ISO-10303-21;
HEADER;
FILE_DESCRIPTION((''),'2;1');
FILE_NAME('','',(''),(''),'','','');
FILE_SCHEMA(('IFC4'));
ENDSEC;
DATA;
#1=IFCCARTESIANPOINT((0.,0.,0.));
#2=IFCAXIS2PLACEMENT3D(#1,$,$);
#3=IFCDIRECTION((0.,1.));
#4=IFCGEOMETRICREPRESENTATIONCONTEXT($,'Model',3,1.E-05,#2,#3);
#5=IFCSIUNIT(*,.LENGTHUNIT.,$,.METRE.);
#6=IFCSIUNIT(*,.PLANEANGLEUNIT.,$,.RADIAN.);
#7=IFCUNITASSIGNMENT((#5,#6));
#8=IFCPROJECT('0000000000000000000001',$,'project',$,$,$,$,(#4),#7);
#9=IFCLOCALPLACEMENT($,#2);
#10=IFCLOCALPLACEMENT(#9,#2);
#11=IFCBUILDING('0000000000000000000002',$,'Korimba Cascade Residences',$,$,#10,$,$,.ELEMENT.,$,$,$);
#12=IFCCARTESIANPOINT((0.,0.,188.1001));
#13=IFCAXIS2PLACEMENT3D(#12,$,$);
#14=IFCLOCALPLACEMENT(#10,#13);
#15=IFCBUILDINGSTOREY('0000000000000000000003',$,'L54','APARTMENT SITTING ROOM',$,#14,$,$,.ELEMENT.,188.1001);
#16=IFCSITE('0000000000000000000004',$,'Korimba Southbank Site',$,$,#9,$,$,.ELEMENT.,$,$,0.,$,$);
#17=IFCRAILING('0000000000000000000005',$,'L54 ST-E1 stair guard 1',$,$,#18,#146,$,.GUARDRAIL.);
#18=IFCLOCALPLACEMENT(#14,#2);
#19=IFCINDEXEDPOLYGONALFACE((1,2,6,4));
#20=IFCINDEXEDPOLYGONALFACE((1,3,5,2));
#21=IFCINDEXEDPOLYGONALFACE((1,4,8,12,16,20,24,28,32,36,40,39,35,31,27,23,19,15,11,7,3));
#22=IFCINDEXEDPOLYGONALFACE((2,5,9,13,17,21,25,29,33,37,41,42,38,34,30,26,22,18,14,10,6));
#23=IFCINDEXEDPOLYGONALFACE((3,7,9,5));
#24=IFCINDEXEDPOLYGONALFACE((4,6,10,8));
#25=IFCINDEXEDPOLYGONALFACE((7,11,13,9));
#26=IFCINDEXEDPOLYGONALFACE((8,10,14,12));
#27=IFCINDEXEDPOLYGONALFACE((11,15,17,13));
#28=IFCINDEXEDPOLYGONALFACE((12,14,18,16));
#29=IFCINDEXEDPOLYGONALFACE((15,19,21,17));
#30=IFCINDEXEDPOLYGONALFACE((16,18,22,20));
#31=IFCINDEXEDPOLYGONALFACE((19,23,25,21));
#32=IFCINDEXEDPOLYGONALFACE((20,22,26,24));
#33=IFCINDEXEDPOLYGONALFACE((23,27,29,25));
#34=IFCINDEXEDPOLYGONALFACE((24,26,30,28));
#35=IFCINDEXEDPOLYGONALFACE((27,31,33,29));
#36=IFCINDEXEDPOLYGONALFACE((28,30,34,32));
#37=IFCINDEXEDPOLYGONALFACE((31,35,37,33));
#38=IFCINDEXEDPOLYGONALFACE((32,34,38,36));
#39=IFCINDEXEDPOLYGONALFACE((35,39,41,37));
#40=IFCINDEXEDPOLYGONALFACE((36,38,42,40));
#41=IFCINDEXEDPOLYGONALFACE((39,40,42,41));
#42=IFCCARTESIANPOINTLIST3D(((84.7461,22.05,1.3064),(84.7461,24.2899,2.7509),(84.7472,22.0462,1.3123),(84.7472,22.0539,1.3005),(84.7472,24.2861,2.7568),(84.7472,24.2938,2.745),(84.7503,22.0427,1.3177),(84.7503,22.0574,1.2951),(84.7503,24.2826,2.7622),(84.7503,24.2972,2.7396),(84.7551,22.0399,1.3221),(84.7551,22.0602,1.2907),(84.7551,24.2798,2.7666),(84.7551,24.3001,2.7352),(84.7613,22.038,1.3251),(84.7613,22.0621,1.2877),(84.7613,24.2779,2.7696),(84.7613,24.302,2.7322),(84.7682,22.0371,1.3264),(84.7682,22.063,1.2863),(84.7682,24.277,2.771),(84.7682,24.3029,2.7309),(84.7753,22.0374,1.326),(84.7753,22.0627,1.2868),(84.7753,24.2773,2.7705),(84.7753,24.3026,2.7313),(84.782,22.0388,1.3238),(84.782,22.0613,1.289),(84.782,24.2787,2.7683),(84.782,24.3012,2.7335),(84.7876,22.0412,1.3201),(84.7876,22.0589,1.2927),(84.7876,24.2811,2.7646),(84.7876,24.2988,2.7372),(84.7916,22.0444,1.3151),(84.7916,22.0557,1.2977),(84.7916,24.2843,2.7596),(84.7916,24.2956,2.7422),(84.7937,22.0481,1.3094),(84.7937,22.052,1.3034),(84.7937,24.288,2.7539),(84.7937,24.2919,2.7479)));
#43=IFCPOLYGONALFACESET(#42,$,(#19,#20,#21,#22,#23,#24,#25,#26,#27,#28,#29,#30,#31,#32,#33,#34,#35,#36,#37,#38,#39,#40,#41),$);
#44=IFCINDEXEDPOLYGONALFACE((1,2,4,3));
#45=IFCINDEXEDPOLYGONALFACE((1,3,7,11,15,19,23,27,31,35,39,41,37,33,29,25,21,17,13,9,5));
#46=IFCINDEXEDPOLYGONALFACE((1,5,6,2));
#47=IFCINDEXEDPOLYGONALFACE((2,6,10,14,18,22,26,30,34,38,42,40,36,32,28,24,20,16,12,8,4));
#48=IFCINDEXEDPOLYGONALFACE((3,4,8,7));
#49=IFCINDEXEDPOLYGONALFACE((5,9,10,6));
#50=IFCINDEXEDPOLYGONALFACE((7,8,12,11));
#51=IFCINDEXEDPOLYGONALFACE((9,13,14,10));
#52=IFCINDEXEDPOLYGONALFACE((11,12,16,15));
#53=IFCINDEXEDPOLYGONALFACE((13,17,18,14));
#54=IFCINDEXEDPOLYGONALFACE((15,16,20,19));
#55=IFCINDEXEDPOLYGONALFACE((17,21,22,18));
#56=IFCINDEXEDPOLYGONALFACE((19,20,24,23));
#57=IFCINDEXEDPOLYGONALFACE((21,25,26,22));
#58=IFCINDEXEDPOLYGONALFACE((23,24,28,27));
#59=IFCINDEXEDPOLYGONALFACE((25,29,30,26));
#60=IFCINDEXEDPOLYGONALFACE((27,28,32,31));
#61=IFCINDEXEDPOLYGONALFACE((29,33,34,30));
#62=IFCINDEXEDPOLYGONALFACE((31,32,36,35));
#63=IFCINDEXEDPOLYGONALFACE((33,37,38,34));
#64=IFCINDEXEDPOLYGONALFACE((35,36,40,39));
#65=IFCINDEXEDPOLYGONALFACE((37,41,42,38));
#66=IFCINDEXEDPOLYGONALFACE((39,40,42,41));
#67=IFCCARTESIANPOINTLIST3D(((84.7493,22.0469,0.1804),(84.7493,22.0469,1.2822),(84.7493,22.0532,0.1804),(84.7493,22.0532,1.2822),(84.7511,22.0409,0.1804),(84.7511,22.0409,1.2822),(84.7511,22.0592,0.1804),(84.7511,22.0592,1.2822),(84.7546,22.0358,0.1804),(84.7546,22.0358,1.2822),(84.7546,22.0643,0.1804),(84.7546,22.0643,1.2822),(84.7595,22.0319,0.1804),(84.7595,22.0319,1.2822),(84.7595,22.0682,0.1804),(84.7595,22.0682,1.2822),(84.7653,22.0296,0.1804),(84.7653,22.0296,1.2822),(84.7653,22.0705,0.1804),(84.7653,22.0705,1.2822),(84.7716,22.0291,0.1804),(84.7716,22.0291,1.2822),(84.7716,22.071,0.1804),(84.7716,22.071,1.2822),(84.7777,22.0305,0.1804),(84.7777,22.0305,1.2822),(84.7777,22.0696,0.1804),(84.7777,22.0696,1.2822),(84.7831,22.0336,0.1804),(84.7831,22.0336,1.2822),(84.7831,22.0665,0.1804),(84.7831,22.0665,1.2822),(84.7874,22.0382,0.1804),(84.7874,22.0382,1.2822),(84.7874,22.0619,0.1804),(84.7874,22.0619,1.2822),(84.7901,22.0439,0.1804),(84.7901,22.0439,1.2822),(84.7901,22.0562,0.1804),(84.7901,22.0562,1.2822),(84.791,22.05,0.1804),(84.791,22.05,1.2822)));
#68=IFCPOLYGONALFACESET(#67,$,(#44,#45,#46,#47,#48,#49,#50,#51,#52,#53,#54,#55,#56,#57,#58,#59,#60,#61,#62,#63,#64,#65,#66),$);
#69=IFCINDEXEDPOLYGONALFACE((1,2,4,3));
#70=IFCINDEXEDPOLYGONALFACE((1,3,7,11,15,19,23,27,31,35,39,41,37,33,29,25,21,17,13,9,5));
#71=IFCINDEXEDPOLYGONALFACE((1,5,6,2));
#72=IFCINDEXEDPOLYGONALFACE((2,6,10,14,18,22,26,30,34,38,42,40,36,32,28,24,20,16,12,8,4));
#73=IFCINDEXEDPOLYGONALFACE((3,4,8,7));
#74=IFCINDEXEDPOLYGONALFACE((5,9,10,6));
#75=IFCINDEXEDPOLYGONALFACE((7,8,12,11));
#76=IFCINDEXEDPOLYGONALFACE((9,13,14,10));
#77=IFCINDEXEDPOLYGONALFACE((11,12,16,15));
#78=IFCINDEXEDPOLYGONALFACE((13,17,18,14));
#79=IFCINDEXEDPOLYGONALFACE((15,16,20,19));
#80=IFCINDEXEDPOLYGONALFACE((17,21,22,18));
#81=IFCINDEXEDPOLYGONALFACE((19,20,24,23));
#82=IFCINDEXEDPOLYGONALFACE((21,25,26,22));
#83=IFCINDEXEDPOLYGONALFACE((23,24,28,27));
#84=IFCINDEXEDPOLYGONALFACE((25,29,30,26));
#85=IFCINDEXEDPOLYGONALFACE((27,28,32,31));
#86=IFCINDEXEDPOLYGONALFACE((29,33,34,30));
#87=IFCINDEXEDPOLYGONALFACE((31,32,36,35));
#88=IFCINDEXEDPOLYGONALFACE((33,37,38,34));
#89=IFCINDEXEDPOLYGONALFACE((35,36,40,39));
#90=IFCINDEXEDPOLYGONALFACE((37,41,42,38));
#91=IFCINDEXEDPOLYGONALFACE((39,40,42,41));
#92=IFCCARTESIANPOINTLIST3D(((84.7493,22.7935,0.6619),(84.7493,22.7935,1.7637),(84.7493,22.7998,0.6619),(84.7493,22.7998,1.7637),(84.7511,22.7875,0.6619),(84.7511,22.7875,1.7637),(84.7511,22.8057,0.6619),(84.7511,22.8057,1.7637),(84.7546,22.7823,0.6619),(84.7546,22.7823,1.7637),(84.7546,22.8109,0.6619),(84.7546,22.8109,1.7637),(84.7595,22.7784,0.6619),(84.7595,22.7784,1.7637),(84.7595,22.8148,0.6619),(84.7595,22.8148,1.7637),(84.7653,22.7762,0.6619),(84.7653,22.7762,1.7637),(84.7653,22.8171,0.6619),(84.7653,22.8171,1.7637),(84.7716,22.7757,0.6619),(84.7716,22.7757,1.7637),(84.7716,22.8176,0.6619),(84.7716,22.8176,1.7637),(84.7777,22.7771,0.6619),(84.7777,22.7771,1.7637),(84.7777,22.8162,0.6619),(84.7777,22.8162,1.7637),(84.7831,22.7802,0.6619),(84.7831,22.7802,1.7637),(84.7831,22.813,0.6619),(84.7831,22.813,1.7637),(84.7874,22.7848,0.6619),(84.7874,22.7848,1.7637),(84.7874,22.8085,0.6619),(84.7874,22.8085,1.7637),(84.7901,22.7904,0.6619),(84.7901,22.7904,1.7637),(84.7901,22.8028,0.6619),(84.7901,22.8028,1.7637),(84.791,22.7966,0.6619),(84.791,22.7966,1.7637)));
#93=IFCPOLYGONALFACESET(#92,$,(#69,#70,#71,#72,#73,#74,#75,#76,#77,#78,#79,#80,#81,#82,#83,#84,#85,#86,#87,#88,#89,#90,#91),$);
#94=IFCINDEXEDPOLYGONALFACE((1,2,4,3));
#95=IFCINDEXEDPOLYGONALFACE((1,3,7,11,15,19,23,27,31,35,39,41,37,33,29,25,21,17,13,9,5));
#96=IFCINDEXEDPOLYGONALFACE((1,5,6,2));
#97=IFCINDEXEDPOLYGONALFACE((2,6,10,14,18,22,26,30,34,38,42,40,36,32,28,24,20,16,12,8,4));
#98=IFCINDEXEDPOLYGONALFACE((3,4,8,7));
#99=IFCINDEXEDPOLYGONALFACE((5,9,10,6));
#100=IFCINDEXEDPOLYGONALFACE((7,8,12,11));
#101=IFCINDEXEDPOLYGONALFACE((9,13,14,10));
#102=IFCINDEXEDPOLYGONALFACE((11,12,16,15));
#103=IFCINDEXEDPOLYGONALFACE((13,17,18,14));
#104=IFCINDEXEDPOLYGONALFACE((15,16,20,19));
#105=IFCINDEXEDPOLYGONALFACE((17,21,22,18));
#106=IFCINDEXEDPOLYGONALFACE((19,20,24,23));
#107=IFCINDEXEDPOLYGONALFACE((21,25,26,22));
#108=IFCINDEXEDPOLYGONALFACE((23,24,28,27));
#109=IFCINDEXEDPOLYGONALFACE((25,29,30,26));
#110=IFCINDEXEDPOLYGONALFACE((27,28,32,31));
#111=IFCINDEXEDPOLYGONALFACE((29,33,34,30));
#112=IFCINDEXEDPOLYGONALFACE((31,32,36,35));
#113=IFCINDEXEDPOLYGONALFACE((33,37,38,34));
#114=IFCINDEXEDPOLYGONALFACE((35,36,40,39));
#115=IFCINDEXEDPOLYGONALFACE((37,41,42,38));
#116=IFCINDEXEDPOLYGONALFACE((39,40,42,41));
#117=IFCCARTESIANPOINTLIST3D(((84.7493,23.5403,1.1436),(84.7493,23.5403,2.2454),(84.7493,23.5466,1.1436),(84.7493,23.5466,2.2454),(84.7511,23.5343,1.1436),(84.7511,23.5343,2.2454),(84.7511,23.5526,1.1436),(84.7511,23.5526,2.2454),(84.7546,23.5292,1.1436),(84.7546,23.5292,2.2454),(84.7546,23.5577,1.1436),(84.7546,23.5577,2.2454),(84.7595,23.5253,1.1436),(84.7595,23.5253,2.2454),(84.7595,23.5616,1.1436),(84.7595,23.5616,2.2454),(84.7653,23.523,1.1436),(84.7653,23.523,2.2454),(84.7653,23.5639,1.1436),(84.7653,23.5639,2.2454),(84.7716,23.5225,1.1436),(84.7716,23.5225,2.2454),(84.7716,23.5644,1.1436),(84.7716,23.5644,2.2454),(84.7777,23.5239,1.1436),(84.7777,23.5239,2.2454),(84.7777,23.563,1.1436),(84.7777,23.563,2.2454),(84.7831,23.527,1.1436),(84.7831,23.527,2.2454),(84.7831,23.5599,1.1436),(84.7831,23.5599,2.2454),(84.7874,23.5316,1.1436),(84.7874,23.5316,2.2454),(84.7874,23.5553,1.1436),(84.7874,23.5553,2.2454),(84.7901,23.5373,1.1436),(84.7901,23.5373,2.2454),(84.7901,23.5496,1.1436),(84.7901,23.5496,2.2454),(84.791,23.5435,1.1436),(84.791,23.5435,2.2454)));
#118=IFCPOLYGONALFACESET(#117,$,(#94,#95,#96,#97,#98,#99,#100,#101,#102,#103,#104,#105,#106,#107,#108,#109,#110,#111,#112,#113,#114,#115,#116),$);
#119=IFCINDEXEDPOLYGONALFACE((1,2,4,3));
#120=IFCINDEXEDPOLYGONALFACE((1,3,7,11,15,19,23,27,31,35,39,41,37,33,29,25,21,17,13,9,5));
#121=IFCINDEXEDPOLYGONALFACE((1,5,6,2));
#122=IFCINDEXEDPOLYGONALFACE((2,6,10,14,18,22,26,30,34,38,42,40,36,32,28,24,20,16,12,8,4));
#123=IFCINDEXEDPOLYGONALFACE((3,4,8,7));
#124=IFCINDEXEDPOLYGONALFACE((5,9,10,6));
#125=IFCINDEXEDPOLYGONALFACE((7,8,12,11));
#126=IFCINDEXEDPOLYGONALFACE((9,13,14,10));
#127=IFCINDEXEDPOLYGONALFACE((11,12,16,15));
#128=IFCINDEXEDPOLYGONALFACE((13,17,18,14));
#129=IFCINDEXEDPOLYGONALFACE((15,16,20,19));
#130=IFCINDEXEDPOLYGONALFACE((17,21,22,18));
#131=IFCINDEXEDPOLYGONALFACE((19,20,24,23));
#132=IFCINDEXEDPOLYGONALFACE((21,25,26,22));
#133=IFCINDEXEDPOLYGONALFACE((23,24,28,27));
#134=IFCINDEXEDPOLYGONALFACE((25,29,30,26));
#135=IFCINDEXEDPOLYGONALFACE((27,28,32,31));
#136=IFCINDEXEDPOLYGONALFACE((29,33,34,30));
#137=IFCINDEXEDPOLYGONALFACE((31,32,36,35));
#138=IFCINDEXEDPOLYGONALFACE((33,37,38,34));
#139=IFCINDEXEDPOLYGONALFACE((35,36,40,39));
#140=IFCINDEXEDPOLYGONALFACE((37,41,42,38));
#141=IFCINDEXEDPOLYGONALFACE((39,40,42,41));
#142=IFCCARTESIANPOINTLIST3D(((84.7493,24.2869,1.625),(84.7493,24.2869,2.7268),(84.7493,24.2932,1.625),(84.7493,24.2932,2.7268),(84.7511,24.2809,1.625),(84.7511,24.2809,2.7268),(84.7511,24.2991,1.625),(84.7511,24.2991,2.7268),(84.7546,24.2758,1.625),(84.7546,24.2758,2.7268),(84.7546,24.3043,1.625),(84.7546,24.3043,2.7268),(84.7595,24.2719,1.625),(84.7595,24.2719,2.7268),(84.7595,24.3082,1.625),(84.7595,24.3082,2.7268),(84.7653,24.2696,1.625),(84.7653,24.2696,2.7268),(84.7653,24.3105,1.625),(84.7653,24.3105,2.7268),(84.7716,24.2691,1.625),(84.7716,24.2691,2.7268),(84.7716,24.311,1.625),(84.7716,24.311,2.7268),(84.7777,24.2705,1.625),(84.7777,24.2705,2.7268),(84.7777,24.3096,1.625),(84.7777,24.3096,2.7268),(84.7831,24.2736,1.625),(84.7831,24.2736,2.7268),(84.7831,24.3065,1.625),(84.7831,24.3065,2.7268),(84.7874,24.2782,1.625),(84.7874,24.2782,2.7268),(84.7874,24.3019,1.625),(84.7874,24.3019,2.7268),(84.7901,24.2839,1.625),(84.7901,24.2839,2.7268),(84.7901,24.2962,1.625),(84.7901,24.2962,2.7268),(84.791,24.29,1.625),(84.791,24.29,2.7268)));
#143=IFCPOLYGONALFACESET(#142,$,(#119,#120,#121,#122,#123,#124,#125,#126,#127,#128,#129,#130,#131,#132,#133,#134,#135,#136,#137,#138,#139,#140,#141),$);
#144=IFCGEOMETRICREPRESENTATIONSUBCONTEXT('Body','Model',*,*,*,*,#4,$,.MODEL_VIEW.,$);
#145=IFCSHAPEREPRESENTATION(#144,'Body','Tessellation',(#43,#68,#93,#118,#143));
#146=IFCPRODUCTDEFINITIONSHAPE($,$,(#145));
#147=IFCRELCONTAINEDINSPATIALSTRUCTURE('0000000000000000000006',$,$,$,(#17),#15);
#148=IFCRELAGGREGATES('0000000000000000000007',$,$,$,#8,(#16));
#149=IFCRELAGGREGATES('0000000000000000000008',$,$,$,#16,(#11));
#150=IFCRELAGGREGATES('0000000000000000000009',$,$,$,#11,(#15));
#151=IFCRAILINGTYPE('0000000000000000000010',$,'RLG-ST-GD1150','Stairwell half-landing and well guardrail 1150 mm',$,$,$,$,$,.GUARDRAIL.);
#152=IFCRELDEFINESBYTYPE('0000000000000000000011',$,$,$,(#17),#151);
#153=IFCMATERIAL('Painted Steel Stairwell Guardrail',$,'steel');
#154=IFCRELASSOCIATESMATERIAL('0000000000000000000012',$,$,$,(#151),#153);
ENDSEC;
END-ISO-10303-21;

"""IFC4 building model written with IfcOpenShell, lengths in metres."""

from ifc_helpers import new_model, si_unit, direction, frame, origin, origin_2d, place, context, subcontext, project, spatial, circle, extrude, material, type_object, element, save


model = new_model("IFC4")

# Units and contexts
model_context = context("Model", 3, precision=1e-05, world=origin(), true_north=direction((0.0, 1.0)))
body_context = subcontext(model_context, "Body", "Model", "MODEL_VIEW")
ifc_project = project(units=[si_unit("LENGTHUNIT", "METRE"), si_unit("PLANEANGLEUNIT", "RADIAN")], contexts=[model_context])

# Site, building, storey
site_placement = place(None, origin())
site = spatial("IfcSite", under=ifc_project, at=site_placement, Name="Korimba Southbank Site", CompositionType="ELEMENT", RefElevation=0.0)
building_placement = place(site_placement, origin())
building = spatial("IfcBuilding", under=site, at=building_placement, Name="Korimba Cascade Residences", CompositionType="ELEMENT")
storey_placement = place(building_placement, frame((0.0, 0.0, 188.1001)))
storey = spatial("IfcBuildingStorey", under=building, at=storey_placement, Name="L54", Description="APARTMENT SITTING ROOM", CompositionType="ELEMENT", Elevation=188.1001)

# Railing
ifc_material_1 = material(Name="Painted Steel Stairwell Guardrail", Category="steel")
railing_type_1 = type_object("IfcRailingType", Name="RLG-ST-GD1150", Description="Stairwell half-landing and well guardrail 1150 mm", PredefinedType="GUARDRAIL", material=ifc_material_1)
railing_1_placement = place(storey_placement, frame((84.77, 22.05, 0.1804)))
element("IfcRailing", 1, at=railing_1_placement, inside=storey, type_object=railing_type_1, Name="L54 ST-E1 stair guard 1", PredefinedType="GUARDRAIL", context=body_context, shape_type="SweptSolid", body=[
    extrude(circle(Radius=0.0239, at=origin_2d()), frame((0.0, 0.0, 1.126), z_axis=(0.0, 0.840395, 0.541975), x_axis=(-1.0, 0.0, 0.0)), (0.0, 0.0, 1.0), 2.6653),
    extrude(circle(Radius=0.021, at=origin_2d()), origin(), (0.0, 0.0, 1.0), 1.1018),
    extrude(circle(Radius=0.021, at=origin_2d()), frame((0.0, 0.7466, 0.4814)), (0.0, 0.0, 1.0), 1.1018),
    extrude(circle(Radius=0.021, at=origin_2d()), frame((0.0, 1.4934, 0.9631)), (0.0, 0.0, 1.0), 1.1018),
    extrude(circle(Radius=0.021, at=origin_2d()), frame((0.0, 2.24, 1.4446)), (0.0, 0.0, 1.0), 1.1018),
])

save(model, "model.ifc")
